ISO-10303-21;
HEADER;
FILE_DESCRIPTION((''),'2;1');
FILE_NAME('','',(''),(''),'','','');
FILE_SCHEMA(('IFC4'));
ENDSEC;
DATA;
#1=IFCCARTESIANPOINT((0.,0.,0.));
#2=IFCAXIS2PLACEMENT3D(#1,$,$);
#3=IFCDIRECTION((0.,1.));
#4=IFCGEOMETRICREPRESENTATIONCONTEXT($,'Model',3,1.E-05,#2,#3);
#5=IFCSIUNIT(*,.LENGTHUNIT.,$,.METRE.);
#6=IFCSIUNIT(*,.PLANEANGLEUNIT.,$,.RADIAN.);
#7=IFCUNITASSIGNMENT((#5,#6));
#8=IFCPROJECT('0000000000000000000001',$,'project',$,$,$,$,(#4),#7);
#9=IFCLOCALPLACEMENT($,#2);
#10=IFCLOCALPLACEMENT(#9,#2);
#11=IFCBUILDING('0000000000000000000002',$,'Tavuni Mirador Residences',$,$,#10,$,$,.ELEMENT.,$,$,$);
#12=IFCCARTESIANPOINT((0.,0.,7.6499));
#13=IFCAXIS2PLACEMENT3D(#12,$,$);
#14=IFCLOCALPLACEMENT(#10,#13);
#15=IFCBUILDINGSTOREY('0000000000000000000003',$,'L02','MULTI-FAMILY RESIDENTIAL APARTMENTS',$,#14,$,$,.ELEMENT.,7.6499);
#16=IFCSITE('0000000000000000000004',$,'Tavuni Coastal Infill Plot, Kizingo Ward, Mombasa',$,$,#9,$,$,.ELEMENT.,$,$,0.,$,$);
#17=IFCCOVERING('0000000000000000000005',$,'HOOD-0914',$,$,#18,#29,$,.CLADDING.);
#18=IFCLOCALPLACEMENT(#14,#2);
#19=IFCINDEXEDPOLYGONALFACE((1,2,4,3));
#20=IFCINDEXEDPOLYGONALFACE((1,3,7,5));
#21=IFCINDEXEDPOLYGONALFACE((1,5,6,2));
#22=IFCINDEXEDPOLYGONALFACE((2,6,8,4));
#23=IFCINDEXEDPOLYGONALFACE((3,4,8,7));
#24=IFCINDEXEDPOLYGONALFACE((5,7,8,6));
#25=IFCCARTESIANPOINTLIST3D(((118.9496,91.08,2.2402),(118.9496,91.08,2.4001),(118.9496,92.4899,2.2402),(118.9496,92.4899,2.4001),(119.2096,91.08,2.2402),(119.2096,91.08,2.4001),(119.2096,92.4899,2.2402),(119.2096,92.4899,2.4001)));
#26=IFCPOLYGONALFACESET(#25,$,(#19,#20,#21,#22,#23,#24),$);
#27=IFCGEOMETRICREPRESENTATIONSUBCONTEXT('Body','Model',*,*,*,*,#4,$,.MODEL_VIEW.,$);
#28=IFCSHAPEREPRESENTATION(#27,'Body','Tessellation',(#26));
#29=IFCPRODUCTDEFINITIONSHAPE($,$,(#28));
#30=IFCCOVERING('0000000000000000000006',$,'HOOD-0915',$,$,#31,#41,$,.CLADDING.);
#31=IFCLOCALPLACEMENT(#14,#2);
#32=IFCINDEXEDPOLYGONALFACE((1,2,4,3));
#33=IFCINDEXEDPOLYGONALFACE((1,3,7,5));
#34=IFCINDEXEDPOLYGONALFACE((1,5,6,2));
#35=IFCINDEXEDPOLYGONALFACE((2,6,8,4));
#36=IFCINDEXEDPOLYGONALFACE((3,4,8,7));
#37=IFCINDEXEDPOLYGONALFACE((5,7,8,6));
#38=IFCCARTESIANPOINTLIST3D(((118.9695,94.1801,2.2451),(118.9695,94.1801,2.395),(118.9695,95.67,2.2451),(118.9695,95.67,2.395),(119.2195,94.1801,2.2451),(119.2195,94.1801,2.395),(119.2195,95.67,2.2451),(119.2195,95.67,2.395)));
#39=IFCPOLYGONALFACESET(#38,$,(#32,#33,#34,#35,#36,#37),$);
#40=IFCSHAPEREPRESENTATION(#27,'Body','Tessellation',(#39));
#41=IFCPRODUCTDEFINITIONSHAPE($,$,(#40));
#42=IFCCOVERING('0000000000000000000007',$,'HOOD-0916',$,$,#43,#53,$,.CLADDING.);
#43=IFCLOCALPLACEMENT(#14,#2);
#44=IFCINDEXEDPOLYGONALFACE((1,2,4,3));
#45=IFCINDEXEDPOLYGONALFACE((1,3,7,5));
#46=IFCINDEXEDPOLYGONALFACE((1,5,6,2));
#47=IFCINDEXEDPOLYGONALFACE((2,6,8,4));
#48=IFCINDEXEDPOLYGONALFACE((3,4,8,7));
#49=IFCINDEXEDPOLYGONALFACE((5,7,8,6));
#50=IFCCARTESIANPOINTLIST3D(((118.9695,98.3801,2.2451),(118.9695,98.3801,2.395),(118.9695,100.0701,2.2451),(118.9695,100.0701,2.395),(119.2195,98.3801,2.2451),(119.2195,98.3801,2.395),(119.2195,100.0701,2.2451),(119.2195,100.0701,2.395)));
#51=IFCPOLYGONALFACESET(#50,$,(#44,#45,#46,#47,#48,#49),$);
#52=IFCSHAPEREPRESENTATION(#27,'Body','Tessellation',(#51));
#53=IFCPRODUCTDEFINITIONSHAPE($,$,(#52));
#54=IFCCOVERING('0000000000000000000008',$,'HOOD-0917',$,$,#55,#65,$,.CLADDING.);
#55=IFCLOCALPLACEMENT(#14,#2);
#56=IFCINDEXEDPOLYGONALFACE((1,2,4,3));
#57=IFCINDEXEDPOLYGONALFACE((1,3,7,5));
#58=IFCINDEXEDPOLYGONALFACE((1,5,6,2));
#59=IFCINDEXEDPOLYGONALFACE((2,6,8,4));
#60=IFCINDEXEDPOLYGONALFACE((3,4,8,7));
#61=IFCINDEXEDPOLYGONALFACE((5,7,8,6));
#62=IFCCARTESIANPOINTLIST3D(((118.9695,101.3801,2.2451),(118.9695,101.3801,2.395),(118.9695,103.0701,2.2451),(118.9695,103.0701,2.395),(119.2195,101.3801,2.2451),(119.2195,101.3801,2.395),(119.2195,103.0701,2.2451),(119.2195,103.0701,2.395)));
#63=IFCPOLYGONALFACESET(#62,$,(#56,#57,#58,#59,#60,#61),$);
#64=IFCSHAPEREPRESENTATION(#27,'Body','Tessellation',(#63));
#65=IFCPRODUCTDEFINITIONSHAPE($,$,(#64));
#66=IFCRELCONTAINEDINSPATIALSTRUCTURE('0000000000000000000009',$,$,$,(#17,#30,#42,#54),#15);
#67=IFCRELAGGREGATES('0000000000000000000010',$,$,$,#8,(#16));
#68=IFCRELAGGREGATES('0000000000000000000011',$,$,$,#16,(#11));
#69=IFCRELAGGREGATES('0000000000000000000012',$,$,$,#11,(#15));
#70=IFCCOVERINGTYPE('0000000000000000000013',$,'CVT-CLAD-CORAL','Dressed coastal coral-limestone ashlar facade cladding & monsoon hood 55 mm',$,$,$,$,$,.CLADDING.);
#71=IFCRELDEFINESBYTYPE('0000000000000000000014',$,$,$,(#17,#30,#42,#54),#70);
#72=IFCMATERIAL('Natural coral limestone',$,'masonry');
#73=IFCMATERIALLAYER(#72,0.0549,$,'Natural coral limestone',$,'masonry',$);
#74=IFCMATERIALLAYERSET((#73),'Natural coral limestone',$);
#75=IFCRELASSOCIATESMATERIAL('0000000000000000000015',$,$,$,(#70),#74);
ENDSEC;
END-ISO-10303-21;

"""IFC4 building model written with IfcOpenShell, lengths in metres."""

from ifc_helpers import new_model, si_unit, direction, frame, origin, origin_2d, place, context, subcontext, project, spatial, rectangle, extrude, material, layer, layer_set, type_object, element, save


model = new_model("IFC4")

# Units and contexts
model_context = context("Model", 3, precision=1e-05, world=origin(), true_north=direction((0.0, 1.0)))
body_context = subcontext(model_context, "Body", "Model", "MODEL_VIEW")
ifc_project = project(units=[si_unit("LENGTHUNIT", "METRE"), si_unit("PLANEANGLEUNIT", "RADIAN")], contexts=[model_context])

# Site, building, storey
site_placement = place(None, origin())
site = spatial("IfcSite", under=ifc_project, at=site_placement, Name="Tavuni Coastal Infill Plot, Kizingo Ward, Mombasa", CompositionType="ELEMENT", RefElevation=0.0)
building_placement = place(site_placement, origin())
building = spatial("IfcBuilding", under=site, at=building_placement, Name="Tavuni Mirador Residences", CompositionType="ELEMENT")
storey_placement = place(building_placement, frame((0.0, 0.0, 7.6499)))
storey = spatial("IfcBuildingStorey", under=building, at=storey_placement, Name="L02", Description="MULTI-FAMILY RESIDENTIAL APARTMENTS", CompositionType="ELEMENT", Elevation=7.6499)

# Coverings
ifc_material_1 = material(Name="Natural coral limestone", Category="masonry")
ifc_layer_1 = layer(ifc_material_1, 0.0549, Name="Natural coral limestone", Category="masonry")
ifc_layer_set_1 = layer_set([ifc_layer_1], Name="Natural coral limestone")
covering_type = type_object("IfcCoveringType", Name="CVT-CLAD-CORAL", Description="Dressed coastal coral-limestone ashlar facade cladding & monsoon hood 55 mm", PredefinedType="CLADDING", material=ifc_layer_set_1)
covering_1_placement = place(storey_placement, frame((119.0796, 91.7849, 2.2402), z_axis=(0.0, 0.0, 1.0), x_axis=(0.0, 1.0, 0.0)))
element("IfcCovering", 1, at=covering_1_placement, inside=storey, type_object=covering_type, Name="HOOD-0914", PredefinedType="CLADDING", context=body_context, shape_type="SweptSolid", body=[
    extrude(rectangle(XDim=1.4099, YDim=0.26, at=origin_2d()), origin(), (0.0, 0.0, 1.0), 0.1599),
])
covering_2_placement = place(storey_placement, frame((119.0945, 94.925, 2.2451), z_axis=(0.0, 0.0, 1.0), x_axis=(0.0, 1.0, 0.0)))
element("IfcCovering", 2, at=covering_2_placement, inside=storey, type_object=covering_type, Name="HOOD-0915", PredefinedType="CLADDING", context=body_context, shape_type="SweptSolid", body=[
    extrude(rectangle(XDim=1.49, YDim=0.25, at=origin_2d()), origin(), (0.0, 0.0, 1.0), 0.1499),
])
for number, where, z_axis, x_axis, name in (
    (3, (119.0945, 99.2251, 2.2451), (0.0, 0.0, 1.0), (0.0, 1.0, 0.0), "HOOD-0916"),
    (4, (119.0945, 102.2251, 2.2451), (0.0, 0.0, 1.0), (0.0, 1.0, 0.0), "HOOD-0917"),
):
    element("IfcCovering", number, at=place(storey_placement, frame(where, z_axis=z_axis, x_axis=x_axis)), inside=storey, type_object=covering_type, Name=name, PredefinedType="CLADDING", context=body_context, shape_type="SweptSolid", body=[
        extrude(rectangle(XDim=1.6899, YDim=0.25, at=origin_2d()), origin(), (0.0, 0.0, 1.0), 0.1499),
    ])

save(model, "model.ifc")
